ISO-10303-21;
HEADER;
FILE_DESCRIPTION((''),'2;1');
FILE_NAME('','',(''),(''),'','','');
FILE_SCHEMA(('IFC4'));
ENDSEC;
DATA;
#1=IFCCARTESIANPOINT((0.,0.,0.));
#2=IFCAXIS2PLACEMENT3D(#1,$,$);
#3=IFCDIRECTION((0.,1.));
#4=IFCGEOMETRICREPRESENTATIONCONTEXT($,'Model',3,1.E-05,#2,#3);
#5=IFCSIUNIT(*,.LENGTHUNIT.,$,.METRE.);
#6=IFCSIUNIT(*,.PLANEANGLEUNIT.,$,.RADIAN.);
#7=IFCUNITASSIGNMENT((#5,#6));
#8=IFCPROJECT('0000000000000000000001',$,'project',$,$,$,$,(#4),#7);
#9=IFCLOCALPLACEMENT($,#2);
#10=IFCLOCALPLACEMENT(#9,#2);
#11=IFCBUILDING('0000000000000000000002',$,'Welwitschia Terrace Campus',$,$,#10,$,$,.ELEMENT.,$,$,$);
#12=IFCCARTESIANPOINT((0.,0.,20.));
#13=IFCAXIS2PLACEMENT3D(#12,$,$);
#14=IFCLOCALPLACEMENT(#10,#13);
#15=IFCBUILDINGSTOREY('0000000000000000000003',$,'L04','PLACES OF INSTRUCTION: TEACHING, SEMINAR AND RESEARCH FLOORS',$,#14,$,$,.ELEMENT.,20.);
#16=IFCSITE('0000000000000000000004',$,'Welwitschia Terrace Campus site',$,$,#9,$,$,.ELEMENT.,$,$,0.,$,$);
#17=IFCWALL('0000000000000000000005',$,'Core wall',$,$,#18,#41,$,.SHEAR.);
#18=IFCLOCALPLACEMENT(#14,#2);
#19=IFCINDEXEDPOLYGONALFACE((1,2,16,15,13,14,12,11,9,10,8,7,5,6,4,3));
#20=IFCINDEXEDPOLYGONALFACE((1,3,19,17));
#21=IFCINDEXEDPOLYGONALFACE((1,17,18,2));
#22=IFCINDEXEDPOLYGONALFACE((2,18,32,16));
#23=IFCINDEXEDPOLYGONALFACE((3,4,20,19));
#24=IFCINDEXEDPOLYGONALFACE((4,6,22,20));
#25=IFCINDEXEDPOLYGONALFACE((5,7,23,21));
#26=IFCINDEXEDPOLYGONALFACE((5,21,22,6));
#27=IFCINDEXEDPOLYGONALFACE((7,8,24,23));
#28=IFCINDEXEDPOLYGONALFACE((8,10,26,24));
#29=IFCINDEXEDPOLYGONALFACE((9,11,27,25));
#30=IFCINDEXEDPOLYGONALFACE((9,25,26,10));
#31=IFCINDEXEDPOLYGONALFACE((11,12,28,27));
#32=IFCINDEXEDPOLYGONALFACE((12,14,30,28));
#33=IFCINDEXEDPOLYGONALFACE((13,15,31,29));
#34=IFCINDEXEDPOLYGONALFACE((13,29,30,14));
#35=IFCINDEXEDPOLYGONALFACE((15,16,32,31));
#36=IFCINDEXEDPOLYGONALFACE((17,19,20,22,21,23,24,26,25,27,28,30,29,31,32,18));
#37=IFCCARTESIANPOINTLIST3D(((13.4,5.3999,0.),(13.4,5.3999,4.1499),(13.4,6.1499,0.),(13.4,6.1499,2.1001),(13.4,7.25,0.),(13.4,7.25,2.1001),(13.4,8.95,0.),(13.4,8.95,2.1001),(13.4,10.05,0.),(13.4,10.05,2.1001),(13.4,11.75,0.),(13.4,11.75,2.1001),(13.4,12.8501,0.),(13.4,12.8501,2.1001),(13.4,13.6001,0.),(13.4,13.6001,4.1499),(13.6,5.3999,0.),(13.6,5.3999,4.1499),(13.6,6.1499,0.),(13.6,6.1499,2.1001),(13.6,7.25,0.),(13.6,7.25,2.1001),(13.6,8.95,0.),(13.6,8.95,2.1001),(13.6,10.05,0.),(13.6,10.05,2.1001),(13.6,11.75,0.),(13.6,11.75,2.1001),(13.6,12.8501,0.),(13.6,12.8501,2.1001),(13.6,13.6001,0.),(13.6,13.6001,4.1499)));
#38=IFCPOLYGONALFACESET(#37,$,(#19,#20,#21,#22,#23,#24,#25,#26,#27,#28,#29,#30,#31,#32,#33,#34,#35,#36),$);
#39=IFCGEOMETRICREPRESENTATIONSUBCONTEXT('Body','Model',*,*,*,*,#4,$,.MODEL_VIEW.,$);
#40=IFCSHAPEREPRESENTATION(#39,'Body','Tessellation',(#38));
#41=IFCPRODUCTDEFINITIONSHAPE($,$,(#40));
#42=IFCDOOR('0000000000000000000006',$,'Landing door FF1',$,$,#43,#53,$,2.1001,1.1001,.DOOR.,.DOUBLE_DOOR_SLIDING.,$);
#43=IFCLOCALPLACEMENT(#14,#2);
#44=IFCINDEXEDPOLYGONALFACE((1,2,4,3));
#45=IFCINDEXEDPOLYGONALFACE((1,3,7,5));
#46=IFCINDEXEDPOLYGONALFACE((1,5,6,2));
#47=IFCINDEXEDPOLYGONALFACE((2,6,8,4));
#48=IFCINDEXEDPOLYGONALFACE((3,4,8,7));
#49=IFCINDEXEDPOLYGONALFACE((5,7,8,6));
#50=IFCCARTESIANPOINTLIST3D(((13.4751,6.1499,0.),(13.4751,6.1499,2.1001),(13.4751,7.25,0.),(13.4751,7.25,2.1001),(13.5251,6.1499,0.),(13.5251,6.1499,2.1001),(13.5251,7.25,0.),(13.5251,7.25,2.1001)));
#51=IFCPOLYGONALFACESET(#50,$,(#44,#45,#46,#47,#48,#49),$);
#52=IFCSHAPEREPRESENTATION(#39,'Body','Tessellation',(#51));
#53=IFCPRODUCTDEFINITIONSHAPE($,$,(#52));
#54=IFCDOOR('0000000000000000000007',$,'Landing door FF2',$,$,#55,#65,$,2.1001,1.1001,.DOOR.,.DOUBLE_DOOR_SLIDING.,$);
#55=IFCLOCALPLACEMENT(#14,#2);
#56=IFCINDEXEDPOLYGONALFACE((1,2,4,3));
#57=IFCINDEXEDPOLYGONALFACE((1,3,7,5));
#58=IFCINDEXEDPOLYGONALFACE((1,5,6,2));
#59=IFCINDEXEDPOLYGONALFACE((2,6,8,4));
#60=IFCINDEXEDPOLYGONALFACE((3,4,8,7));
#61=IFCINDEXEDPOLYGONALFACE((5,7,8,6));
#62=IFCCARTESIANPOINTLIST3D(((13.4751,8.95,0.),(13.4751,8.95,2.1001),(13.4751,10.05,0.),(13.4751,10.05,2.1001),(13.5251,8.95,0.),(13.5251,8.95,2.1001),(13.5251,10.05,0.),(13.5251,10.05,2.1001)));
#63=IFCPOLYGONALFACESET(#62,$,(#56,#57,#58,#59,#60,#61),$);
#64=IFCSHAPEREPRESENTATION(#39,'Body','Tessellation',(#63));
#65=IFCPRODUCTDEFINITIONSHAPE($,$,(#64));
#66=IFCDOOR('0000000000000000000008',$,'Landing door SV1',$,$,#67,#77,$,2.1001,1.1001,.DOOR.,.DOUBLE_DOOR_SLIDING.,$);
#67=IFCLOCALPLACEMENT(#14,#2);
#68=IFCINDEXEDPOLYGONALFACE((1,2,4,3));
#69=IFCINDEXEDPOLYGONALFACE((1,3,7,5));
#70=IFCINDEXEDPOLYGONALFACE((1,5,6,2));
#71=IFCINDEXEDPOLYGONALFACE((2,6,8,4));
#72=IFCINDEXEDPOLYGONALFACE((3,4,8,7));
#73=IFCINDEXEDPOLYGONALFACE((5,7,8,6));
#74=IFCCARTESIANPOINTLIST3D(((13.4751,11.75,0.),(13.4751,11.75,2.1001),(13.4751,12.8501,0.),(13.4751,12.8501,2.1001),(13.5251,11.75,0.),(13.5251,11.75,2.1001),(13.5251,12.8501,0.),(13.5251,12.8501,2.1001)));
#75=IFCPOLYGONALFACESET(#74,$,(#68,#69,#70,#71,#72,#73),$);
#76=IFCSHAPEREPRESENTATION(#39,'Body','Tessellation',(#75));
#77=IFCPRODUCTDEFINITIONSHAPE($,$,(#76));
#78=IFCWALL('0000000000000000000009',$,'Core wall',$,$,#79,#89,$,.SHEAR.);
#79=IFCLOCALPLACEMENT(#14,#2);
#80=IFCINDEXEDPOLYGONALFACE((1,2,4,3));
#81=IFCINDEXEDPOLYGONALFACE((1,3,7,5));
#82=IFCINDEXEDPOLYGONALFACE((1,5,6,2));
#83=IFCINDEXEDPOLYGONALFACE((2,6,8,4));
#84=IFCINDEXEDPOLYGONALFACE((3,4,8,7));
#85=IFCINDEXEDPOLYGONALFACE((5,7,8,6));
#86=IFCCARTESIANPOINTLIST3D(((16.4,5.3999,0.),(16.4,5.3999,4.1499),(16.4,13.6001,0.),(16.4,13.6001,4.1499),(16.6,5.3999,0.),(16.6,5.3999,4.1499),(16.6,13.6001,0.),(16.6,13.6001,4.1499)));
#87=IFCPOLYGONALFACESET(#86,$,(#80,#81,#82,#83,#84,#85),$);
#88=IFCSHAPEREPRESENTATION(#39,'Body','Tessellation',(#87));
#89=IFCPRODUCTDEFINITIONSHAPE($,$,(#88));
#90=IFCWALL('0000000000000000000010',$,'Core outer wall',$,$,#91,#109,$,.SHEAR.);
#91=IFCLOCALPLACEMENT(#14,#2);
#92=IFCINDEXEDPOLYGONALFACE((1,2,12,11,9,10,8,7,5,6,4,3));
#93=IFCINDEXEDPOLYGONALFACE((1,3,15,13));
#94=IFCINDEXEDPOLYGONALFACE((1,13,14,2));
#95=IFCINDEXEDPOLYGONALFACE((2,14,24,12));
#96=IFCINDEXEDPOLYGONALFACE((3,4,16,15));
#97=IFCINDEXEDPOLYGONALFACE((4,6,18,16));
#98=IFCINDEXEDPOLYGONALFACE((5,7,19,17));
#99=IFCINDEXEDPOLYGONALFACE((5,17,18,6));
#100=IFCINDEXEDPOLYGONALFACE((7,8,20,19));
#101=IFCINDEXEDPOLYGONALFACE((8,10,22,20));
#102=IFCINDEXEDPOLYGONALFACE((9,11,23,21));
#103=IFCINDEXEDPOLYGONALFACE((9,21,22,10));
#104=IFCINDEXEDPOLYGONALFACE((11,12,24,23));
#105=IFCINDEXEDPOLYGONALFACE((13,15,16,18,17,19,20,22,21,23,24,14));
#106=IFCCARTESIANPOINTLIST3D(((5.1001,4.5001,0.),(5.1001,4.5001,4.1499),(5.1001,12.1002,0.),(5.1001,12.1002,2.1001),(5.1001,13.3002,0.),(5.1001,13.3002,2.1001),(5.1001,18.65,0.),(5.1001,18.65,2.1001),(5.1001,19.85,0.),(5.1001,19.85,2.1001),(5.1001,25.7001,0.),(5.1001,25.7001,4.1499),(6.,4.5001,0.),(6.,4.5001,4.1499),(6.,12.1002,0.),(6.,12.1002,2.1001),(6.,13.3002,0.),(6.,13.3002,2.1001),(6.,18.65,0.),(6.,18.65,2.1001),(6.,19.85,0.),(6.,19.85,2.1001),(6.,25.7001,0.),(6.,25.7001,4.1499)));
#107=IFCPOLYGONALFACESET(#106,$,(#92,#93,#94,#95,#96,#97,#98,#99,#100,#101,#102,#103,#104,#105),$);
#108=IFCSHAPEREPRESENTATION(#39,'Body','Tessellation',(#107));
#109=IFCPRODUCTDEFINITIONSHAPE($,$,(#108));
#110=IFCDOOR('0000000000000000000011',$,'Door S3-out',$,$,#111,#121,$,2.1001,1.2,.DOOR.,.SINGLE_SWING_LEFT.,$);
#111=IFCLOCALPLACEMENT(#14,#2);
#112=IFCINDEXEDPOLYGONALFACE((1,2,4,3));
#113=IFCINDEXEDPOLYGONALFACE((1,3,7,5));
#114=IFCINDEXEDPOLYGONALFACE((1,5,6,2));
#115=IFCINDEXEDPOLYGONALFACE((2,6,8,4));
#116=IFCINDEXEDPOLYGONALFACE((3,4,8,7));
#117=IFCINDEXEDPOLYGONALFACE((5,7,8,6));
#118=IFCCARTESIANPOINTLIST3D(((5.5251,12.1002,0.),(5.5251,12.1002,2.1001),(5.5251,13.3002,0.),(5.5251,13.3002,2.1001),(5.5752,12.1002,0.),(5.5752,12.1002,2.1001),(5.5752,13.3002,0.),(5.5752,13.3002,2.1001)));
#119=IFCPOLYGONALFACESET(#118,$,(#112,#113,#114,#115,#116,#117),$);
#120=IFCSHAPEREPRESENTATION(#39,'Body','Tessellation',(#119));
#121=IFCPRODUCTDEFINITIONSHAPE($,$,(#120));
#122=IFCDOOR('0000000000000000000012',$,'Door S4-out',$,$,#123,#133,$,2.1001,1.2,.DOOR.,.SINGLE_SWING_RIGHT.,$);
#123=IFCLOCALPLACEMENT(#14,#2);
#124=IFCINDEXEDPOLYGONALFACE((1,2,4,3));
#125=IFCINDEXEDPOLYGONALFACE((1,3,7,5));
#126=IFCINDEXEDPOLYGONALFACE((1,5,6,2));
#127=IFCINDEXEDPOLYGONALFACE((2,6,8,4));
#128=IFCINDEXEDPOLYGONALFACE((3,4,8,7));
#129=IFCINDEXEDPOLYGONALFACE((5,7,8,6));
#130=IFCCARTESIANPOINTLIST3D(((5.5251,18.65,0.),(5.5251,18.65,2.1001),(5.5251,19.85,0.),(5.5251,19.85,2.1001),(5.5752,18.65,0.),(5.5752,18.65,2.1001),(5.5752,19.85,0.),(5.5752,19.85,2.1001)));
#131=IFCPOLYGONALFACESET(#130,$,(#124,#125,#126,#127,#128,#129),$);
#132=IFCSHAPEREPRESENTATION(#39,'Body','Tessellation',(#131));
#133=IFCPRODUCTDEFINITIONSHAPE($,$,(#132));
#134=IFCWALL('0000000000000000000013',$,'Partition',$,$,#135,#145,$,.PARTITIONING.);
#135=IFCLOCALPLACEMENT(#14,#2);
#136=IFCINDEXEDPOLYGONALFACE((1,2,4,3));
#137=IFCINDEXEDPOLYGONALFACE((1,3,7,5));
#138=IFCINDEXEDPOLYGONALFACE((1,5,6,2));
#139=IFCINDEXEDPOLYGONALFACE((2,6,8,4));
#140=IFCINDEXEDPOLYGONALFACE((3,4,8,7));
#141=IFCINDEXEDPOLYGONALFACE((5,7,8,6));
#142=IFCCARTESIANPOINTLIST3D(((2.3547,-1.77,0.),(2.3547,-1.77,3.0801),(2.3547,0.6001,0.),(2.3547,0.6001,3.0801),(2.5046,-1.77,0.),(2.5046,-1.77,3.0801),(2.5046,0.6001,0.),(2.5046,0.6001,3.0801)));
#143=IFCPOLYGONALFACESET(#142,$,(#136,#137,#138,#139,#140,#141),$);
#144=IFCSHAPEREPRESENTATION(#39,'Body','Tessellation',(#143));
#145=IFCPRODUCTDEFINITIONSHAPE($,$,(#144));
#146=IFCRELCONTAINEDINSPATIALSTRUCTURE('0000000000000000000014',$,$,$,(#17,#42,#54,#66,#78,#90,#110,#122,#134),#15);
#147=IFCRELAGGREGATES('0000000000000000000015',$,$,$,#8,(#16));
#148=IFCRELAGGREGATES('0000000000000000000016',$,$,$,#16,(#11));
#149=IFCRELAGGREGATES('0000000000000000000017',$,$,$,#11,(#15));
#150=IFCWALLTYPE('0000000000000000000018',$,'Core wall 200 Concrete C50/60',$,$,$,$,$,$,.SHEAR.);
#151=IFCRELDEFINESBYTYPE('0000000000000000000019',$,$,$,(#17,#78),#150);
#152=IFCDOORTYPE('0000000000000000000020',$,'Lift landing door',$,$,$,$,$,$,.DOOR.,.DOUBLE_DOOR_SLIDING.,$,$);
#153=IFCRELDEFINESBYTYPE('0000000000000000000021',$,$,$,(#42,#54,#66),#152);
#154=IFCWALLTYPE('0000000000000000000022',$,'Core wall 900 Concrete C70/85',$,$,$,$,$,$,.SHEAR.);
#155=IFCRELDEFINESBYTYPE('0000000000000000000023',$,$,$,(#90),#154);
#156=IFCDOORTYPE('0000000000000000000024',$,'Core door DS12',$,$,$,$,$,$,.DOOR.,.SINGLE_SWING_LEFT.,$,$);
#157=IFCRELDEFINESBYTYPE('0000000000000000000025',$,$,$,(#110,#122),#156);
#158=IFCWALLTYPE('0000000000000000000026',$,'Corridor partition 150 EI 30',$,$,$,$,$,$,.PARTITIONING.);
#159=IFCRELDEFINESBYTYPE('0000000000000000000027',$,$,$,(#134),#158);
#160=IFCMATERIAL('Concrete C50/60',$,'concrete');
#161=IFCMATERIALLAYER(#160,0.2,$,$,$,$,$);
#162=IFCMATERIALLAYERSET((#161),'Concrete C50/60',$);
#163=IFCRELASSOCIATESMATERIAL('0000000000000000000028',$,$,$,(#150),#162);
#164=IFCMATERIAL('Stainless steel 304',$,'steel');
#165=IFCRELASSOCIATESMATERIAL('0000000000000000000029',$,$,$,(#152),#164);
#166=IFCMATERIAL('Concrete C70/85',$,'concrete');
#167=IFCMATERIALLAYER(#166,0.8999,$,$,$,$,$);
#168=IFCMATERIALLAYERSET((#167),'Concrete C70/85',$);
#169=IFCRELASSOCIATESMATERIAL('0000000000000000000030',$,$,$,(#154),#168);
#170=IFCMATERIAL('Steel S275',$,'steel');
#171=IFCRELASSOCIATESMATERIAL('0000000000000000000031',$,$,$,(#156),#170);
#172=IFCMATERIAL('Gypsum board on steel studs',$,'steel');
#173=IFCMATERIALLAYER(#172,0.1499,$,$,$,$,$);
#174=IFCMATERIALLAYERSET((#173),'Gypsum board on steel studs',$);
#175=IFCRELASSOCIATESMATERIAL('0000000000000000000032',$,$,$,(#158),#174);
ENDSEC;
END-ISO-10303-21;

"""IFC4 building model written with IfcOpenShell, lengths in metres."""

from ifc_helpers import new_model, si_unit, direction, frame, frame_2d, origin, place, context, subcontext, project, spatial, rectangle, extrude, material, layer, layer_set, type_object, element, fill, save


model = new_model("IFC4")

# Units and contexts
model_context = context("Model", 3, precision=1e-05, world=origin(), true_north=direction((0.0, 1.0)))
body_context = subcontext(model_context, "Body", "Model", "MODEL_VIEW")
ifc_project = project(units=[si_unit("LENGTHUNIT", "METRE"), si_unit("PLANEANGLEUNIT", "RADIAN")], contexts=[model_context])

# Site, building, storey
site_placement = place(None, origin())
site = spatial("IfcSite", under=ifc_project, at=site_placement, Name="Welwitschia Terrace Campus site", CompositionType="ELEMENT", RefElevation=0.0)
building_placement = place(site_placement, origin())
building = spatial("IfcBuilding", under=site, at=building_placement, Name="Welwitschia Terrace Campus", CompositionType="ELEMENT")
storey_placement = place(building_placement, frame((0.0, 0.0, 20.0)))
storey = spatial("IfcBuildingStorey", under=building, at=storey_placement, Name="L04", Description="PLACES OF INSTRUCTION: TEACHING, SEMINAR AND RESEARCH FLOORS", CompositionType="ELEMENT", Elevation=20.0)

# Wall, openings, doors
ifc_material_1 = material(Name="Concrete C50/60", Category="concrete")
ifc_layer_1 = layer(ifc_material_1, 0.2)
ifc_layer_set_1 = layer_set([ifc_layer_1], Name="Concrete C50/60")
wall_type_1 = type_object("IfcWallType", Name="Core wall 200 Concrete C50/60", PredefinedType="SHEAR", material=ifc_layer_set_1)
wall_1_placement = place(storey_placement, frame((13.5, 5.3999, 0.0), z_axis=(0.0, 0.0, 1.0), x_axis=(0.0, 1.0, 0.0)))
wall_1 = element("IfcWall", 1, at=wall_1_placement, inside=storey, type_object=wall_type_1, Name="Core wall", PredefinedType="SHEAR", context=body_context, shape_type="SweptSolid", body=[
    extrude(rectangle(XDim=8.2002, YDim=0.2, at=frame_2d((4.1001, 0.0))), origin(), (0.0, 0.0, 1.0), 4.1499),
])
opening_1_placement = place(wall_1_placement, frame((0.75, 0.0, 0.0)))
opening_1 = element("IfcOpeningElement", 2, at=opening_1_placement, cuts=wall_1, PredefinedType="OPENING", context=body_context, shape_type="SweptSolid", body=[
    extrude(rectangle(XDim=1.1001, YDim=2.1001, at=frame_2d((0.55, 1.05))), frame((0.0, 0.1099, 0.0), z_axis=(0.0, -1.0, 0.0), x_axis=(1.0, 0.0, 0.0)), (0.0, 0.0, 1.0), 0.22),
])
opening_2_placement = place(wall_1_placement, frame((3.55, 0.0, 0.0)))
opening_2 = element("IfcOpeningElement", 3, at=opening_2_placement, cuts=wall_1, PredefinedType="OPENING", context=body_context, shape_type="SweptSolid", body=[
    extrude(rectangle(XDim=1.1001, YDim=2.1001, at=frame_2d((0.55, 1.05))), frame((0.0, 0.1099, 0.0), z_axis=(0.0, -1.0, 0.0), x_axis=(1.0, 0.0, 0.0)), (0.0, 0.0, 1.0), 0.22),
])
opening_3_placement = place(wall_1_placement, frame((6.3501, 0.0, 0.0)))
opening_3 = element("IfcOpeningElement", 4, at=opening_3_placement, cuts=wall_1, PredefinedType="OPENING", context=body_context, shape_type="SweptSolid", body=[
    extrude(rectangle(XDim=1.1001, YDim=2.1001, at=frame_2d((0.55, 1.05))), frame((0.0, 0.1099, 0.0), z_axis=(0.0, -1.0, 0.0), x_axis=(1.0, 0.0, 0.0)), (0.0, 0.0, 1.0), 0.22),
])
ifc_material_2 = material(Name="Stainless steel 304", Category="steel")
door_type_1 = type_object("IfcDoorType", Name="Lift landing door", OperationType="DOUBLE_DOOR_SLIDING", PredefinedType="DOOR", material=ifc_material_2)
door_1_placement = place(opening_1_placement, origin())
door_1 = element("IfcDoor", 5, at=door_1_placement, inside=storey, type_object=door_type_1, Name="Landing door FF1", OperationType="DOUBLE_DOOR_SLIDING", OverallHeight=2.1001, OverallWidth=1.1001, PredefinedType="DOOR", context=body_context, shape_type="SweptSolid", body=[
    extrude(rectangle(XDim=1.1001, YDim=2.1001, at=frame_2d((0.55, 1.05))), frame((0.0, 0.0249, 0.0), z_axis=(0.0, -1.0, 0.0), x_axis=(1.0, 0.0, 0.0)), (0.0, 0.0, 1.0), 0.05),
])
fill(opening_1, door_1)
door_2_placement = place(opening_2_placement, origin())
door_2 = element("IfcDoor", 6, at=door_2_placement, inside=storey, type_object=door_type_1, Name="Landing door FF2", OperationType="DOUBLE_DOOR_SLIDING", OverallHeight=2.1001, OverallWidth=1.1001, PredefinedType="DOOR", context=body_context, shape_type="SweptSolid", body=[
    extrude(rectangle(XDim=1.1001, YDim=2.1001, at=frame_2d((0.55, 1.05))), frame((0.0, 0.0249, 0.0), z_axis=(0.0, -1.0, 0.0), x_axis=(1.0, 0.0, 0.0)), (0.0, 0.0, 1.0), 0.05),
])
fill(opening_2, door_2)
door_3_placement = place(opening_3_placement, origin())
door_3 = element("IfcDoor", 7, at=door_3_placement, inside=storey, type_object=door_type_1, Name="Landing door SV1", OperationType="DOUBLE_DOOR_SLIDING", OverallHeight=2.1001, OverallWidth=1.1001, PredefinedType="DOOR", context=body_context, shape_type="SweptSolid", body=[
    extrude(rectangle(XDim=1.1001, YDim=2.1001, at=frame_2d((0.55, 1.05))), frame((0.0, 0.0249, 0.0), z_axis=(0.0, -1.0, 0.0), x_axis=(1.0, 0.0, 0.0)), (0.0, 0.0, 1.0), 0.05),
])
fill(opening_3, door_3)

# Wall
wall_2_placement = place(storey_placement, frame((16.5, 5.3999, 0.0), z_axis=(0.0, 0.0, 1.0), x_axis=(0.0, 1.0, 0.0)))
element("IfcWall", 8, at=wall_2_placement, inside=storey, type_object=wall_type_1, Name="Core wall", PredefinedType="SHEAR", context=body_context, shape_type="SweptSolid", body=[
    extrude(rectangle(XDim=8.2002, YDim=0.2, at=frame_2d((4.1001, 0.0))), origin(), (0.0, 0.0, 1.0), 4.1499),
])

# Wall, openings, doors
ifc_material_3 = material(Name="Concrete C70/85", Category="concrete")
ifc_layer_2 = layer(ifc_material_3, 0.8999)
ifc_layer_set_2 = layer_set([ifc_layer_2], Name="Concrete C70/85")
wall_type_2 = type_object("IfcWallType", Name="Core wall 900 Concrete C70/85", PredefinedType="SHEAR", material=ifc_layer_set_2)
wall_3_placement = place(storey_placement, frame((5.55, 4.5, 0.0), z_axis=(0.0, 0.0, 1.0), x_axis=(0.0, 1.0, 0.0)))
wall_3 = element("IfcWall", 9, at=wall_3_placement, inside=storey, type_object=wall_type_2, Name="Core outer wall", PredefinedType="SHEAR", context=body_context, shape_type="SweptSolid", body=[
    extrude(rectangle(XDim=21.2, YDim=0.8999, at=frame_2d((10.6001, 0.0))), origin(), (0.0, 0.0, 1.0), 4.1499),
])
opening_4_placement = place(wall_3_placement, frame((7.6001, 0.0, 0.0)))
opening_4 = element("IfcOpeningElement", 10, at=opening_4_placement, cuts=wall_3, PredefinedType="OPENING", context=body_context, shape_type="SweptSolid", body=[
    extrude(rectangle(XDim=1.2, YDim=2.1001, at=frame_2d((0.6001, 1.05))), frame((0.0, 0.46, 0.0), z_axis=(0.0, -1.0, 0.0), x_axis=(1.0, 0.0, 0.0)), (0.0, 0.0, 1.0), 0.9199),
])
opening_5_placement = place(wall_3_placement, frame((14.1499, 0.0, 0.0)))
opening_5 = element("IfcOpeningElement", 11, at=opening_5_placement, cuts=wall_3, PredefinedType="OPENING", context=body_context, shape_type="SweptSolid", body=[
    extrude(rectangle(XDim=1.2, YDim=2.1001, at=frame_2d((0.6001, 1.05))), frame((0.0, 0.46, 0.0), z_axis=(0.0, -1.0, 0.0), x_axis=(1.0, 0.0, 0.0)), (0.0, 0.0, 1.0), 0.9199),
])
ifc_material_4 = material(Name="Steel S275", Category="steel")
door_type_2 = type_object("IfcDoorType", Name="Core door DS12", OperationType="SINGLE_SWING_LEFT", PredefinedType="DOOR", material=ifc_material_4)
door_4_placement = place(opening_4_placement, origin())
door_4 = element("IfcDoor", 12, at=door_4_placement, inside=storey, type_object=door_type_2, Name="Door S3-out", OperationType="SINGLE_SWING_LEFT", OverallHeight=2.1001, OverallWidth=1.2, PredefinedType="DOOR", context=body_context, shape_type="SweptSolid", body=[
    extrude(rectangle(XDim=1.2, YDim=2.1001, at=frame_2d((0.6001, 1.05))), frame((0.0, 0.0249, 0.0), z_axis=(0.0, -1.0, 0.0), x_axis=(1.0, 0.0, 0.0)), (0.0, 0.0, 1.0), 0.05),
])
fill(opening_4, door_4)
door_5_placement = place(opening_5_placement, origin())
door_5 = element("IfcDoor", 13, at=door_5_placement, inside=storey, type_object=door_type_2, Name="Door S4-out", OperationType="SINGLE_SWING_RIGHT", OverallHeight=2.1001, OverallWidth=1.2, PredefinedType="DOOR", context=body_context, shape_type="SweptSolid", body=[
    extrude(rectangle(XDim=1.2, YDim=2.1001, at=frame_2d((0.6001, 1.05))), frame((0.0, 0.0249, 0.0), z_axis=(0.0, -1.0, 0.0), x_axis=(1.0, 0.0, 0.0)), (0.0, 0.0, 1.0), 0.05),
])
fill(opening_5, door_5)

# Wall
ifc_material_5 = material(Name="Gypsum board on steel studs", Category="steel")
ifc_layer_3 = layer(ifc_material_5, 0.1499)
ifc_layer_set_3 = layer_set([ifc_layer_3], Name="Gypsum board on steel studs")
wall_type_3 = type_object("IfcWallType", Name="Corridor partition 150 EI 30", PredefinedType="PARTITIONING", material=ifc_layer_set_3)
wall_4_placement = place(storey_placement, frame((2.4297, -1.77, 0.0), z_axis=(0.0, 0.0, 1.0), x_axis=(0.0, 1.0, 0.0)))
element("IfcWall", 14, at=wall_4_placement, inside=storey, type_object=wall_type_3, Name="Partition", PredefinedType="PARTITIONING", context=body_context, shape_type="SweptSolid", body=[
    extrude(rectangle(XDim=2.3701, YDim=0.1499, at=frame_2d((1.1851, 0.0))), origin(), (0.0, 0.0, 1.0), 3.0801),
])

save(model, "model.ifc")
